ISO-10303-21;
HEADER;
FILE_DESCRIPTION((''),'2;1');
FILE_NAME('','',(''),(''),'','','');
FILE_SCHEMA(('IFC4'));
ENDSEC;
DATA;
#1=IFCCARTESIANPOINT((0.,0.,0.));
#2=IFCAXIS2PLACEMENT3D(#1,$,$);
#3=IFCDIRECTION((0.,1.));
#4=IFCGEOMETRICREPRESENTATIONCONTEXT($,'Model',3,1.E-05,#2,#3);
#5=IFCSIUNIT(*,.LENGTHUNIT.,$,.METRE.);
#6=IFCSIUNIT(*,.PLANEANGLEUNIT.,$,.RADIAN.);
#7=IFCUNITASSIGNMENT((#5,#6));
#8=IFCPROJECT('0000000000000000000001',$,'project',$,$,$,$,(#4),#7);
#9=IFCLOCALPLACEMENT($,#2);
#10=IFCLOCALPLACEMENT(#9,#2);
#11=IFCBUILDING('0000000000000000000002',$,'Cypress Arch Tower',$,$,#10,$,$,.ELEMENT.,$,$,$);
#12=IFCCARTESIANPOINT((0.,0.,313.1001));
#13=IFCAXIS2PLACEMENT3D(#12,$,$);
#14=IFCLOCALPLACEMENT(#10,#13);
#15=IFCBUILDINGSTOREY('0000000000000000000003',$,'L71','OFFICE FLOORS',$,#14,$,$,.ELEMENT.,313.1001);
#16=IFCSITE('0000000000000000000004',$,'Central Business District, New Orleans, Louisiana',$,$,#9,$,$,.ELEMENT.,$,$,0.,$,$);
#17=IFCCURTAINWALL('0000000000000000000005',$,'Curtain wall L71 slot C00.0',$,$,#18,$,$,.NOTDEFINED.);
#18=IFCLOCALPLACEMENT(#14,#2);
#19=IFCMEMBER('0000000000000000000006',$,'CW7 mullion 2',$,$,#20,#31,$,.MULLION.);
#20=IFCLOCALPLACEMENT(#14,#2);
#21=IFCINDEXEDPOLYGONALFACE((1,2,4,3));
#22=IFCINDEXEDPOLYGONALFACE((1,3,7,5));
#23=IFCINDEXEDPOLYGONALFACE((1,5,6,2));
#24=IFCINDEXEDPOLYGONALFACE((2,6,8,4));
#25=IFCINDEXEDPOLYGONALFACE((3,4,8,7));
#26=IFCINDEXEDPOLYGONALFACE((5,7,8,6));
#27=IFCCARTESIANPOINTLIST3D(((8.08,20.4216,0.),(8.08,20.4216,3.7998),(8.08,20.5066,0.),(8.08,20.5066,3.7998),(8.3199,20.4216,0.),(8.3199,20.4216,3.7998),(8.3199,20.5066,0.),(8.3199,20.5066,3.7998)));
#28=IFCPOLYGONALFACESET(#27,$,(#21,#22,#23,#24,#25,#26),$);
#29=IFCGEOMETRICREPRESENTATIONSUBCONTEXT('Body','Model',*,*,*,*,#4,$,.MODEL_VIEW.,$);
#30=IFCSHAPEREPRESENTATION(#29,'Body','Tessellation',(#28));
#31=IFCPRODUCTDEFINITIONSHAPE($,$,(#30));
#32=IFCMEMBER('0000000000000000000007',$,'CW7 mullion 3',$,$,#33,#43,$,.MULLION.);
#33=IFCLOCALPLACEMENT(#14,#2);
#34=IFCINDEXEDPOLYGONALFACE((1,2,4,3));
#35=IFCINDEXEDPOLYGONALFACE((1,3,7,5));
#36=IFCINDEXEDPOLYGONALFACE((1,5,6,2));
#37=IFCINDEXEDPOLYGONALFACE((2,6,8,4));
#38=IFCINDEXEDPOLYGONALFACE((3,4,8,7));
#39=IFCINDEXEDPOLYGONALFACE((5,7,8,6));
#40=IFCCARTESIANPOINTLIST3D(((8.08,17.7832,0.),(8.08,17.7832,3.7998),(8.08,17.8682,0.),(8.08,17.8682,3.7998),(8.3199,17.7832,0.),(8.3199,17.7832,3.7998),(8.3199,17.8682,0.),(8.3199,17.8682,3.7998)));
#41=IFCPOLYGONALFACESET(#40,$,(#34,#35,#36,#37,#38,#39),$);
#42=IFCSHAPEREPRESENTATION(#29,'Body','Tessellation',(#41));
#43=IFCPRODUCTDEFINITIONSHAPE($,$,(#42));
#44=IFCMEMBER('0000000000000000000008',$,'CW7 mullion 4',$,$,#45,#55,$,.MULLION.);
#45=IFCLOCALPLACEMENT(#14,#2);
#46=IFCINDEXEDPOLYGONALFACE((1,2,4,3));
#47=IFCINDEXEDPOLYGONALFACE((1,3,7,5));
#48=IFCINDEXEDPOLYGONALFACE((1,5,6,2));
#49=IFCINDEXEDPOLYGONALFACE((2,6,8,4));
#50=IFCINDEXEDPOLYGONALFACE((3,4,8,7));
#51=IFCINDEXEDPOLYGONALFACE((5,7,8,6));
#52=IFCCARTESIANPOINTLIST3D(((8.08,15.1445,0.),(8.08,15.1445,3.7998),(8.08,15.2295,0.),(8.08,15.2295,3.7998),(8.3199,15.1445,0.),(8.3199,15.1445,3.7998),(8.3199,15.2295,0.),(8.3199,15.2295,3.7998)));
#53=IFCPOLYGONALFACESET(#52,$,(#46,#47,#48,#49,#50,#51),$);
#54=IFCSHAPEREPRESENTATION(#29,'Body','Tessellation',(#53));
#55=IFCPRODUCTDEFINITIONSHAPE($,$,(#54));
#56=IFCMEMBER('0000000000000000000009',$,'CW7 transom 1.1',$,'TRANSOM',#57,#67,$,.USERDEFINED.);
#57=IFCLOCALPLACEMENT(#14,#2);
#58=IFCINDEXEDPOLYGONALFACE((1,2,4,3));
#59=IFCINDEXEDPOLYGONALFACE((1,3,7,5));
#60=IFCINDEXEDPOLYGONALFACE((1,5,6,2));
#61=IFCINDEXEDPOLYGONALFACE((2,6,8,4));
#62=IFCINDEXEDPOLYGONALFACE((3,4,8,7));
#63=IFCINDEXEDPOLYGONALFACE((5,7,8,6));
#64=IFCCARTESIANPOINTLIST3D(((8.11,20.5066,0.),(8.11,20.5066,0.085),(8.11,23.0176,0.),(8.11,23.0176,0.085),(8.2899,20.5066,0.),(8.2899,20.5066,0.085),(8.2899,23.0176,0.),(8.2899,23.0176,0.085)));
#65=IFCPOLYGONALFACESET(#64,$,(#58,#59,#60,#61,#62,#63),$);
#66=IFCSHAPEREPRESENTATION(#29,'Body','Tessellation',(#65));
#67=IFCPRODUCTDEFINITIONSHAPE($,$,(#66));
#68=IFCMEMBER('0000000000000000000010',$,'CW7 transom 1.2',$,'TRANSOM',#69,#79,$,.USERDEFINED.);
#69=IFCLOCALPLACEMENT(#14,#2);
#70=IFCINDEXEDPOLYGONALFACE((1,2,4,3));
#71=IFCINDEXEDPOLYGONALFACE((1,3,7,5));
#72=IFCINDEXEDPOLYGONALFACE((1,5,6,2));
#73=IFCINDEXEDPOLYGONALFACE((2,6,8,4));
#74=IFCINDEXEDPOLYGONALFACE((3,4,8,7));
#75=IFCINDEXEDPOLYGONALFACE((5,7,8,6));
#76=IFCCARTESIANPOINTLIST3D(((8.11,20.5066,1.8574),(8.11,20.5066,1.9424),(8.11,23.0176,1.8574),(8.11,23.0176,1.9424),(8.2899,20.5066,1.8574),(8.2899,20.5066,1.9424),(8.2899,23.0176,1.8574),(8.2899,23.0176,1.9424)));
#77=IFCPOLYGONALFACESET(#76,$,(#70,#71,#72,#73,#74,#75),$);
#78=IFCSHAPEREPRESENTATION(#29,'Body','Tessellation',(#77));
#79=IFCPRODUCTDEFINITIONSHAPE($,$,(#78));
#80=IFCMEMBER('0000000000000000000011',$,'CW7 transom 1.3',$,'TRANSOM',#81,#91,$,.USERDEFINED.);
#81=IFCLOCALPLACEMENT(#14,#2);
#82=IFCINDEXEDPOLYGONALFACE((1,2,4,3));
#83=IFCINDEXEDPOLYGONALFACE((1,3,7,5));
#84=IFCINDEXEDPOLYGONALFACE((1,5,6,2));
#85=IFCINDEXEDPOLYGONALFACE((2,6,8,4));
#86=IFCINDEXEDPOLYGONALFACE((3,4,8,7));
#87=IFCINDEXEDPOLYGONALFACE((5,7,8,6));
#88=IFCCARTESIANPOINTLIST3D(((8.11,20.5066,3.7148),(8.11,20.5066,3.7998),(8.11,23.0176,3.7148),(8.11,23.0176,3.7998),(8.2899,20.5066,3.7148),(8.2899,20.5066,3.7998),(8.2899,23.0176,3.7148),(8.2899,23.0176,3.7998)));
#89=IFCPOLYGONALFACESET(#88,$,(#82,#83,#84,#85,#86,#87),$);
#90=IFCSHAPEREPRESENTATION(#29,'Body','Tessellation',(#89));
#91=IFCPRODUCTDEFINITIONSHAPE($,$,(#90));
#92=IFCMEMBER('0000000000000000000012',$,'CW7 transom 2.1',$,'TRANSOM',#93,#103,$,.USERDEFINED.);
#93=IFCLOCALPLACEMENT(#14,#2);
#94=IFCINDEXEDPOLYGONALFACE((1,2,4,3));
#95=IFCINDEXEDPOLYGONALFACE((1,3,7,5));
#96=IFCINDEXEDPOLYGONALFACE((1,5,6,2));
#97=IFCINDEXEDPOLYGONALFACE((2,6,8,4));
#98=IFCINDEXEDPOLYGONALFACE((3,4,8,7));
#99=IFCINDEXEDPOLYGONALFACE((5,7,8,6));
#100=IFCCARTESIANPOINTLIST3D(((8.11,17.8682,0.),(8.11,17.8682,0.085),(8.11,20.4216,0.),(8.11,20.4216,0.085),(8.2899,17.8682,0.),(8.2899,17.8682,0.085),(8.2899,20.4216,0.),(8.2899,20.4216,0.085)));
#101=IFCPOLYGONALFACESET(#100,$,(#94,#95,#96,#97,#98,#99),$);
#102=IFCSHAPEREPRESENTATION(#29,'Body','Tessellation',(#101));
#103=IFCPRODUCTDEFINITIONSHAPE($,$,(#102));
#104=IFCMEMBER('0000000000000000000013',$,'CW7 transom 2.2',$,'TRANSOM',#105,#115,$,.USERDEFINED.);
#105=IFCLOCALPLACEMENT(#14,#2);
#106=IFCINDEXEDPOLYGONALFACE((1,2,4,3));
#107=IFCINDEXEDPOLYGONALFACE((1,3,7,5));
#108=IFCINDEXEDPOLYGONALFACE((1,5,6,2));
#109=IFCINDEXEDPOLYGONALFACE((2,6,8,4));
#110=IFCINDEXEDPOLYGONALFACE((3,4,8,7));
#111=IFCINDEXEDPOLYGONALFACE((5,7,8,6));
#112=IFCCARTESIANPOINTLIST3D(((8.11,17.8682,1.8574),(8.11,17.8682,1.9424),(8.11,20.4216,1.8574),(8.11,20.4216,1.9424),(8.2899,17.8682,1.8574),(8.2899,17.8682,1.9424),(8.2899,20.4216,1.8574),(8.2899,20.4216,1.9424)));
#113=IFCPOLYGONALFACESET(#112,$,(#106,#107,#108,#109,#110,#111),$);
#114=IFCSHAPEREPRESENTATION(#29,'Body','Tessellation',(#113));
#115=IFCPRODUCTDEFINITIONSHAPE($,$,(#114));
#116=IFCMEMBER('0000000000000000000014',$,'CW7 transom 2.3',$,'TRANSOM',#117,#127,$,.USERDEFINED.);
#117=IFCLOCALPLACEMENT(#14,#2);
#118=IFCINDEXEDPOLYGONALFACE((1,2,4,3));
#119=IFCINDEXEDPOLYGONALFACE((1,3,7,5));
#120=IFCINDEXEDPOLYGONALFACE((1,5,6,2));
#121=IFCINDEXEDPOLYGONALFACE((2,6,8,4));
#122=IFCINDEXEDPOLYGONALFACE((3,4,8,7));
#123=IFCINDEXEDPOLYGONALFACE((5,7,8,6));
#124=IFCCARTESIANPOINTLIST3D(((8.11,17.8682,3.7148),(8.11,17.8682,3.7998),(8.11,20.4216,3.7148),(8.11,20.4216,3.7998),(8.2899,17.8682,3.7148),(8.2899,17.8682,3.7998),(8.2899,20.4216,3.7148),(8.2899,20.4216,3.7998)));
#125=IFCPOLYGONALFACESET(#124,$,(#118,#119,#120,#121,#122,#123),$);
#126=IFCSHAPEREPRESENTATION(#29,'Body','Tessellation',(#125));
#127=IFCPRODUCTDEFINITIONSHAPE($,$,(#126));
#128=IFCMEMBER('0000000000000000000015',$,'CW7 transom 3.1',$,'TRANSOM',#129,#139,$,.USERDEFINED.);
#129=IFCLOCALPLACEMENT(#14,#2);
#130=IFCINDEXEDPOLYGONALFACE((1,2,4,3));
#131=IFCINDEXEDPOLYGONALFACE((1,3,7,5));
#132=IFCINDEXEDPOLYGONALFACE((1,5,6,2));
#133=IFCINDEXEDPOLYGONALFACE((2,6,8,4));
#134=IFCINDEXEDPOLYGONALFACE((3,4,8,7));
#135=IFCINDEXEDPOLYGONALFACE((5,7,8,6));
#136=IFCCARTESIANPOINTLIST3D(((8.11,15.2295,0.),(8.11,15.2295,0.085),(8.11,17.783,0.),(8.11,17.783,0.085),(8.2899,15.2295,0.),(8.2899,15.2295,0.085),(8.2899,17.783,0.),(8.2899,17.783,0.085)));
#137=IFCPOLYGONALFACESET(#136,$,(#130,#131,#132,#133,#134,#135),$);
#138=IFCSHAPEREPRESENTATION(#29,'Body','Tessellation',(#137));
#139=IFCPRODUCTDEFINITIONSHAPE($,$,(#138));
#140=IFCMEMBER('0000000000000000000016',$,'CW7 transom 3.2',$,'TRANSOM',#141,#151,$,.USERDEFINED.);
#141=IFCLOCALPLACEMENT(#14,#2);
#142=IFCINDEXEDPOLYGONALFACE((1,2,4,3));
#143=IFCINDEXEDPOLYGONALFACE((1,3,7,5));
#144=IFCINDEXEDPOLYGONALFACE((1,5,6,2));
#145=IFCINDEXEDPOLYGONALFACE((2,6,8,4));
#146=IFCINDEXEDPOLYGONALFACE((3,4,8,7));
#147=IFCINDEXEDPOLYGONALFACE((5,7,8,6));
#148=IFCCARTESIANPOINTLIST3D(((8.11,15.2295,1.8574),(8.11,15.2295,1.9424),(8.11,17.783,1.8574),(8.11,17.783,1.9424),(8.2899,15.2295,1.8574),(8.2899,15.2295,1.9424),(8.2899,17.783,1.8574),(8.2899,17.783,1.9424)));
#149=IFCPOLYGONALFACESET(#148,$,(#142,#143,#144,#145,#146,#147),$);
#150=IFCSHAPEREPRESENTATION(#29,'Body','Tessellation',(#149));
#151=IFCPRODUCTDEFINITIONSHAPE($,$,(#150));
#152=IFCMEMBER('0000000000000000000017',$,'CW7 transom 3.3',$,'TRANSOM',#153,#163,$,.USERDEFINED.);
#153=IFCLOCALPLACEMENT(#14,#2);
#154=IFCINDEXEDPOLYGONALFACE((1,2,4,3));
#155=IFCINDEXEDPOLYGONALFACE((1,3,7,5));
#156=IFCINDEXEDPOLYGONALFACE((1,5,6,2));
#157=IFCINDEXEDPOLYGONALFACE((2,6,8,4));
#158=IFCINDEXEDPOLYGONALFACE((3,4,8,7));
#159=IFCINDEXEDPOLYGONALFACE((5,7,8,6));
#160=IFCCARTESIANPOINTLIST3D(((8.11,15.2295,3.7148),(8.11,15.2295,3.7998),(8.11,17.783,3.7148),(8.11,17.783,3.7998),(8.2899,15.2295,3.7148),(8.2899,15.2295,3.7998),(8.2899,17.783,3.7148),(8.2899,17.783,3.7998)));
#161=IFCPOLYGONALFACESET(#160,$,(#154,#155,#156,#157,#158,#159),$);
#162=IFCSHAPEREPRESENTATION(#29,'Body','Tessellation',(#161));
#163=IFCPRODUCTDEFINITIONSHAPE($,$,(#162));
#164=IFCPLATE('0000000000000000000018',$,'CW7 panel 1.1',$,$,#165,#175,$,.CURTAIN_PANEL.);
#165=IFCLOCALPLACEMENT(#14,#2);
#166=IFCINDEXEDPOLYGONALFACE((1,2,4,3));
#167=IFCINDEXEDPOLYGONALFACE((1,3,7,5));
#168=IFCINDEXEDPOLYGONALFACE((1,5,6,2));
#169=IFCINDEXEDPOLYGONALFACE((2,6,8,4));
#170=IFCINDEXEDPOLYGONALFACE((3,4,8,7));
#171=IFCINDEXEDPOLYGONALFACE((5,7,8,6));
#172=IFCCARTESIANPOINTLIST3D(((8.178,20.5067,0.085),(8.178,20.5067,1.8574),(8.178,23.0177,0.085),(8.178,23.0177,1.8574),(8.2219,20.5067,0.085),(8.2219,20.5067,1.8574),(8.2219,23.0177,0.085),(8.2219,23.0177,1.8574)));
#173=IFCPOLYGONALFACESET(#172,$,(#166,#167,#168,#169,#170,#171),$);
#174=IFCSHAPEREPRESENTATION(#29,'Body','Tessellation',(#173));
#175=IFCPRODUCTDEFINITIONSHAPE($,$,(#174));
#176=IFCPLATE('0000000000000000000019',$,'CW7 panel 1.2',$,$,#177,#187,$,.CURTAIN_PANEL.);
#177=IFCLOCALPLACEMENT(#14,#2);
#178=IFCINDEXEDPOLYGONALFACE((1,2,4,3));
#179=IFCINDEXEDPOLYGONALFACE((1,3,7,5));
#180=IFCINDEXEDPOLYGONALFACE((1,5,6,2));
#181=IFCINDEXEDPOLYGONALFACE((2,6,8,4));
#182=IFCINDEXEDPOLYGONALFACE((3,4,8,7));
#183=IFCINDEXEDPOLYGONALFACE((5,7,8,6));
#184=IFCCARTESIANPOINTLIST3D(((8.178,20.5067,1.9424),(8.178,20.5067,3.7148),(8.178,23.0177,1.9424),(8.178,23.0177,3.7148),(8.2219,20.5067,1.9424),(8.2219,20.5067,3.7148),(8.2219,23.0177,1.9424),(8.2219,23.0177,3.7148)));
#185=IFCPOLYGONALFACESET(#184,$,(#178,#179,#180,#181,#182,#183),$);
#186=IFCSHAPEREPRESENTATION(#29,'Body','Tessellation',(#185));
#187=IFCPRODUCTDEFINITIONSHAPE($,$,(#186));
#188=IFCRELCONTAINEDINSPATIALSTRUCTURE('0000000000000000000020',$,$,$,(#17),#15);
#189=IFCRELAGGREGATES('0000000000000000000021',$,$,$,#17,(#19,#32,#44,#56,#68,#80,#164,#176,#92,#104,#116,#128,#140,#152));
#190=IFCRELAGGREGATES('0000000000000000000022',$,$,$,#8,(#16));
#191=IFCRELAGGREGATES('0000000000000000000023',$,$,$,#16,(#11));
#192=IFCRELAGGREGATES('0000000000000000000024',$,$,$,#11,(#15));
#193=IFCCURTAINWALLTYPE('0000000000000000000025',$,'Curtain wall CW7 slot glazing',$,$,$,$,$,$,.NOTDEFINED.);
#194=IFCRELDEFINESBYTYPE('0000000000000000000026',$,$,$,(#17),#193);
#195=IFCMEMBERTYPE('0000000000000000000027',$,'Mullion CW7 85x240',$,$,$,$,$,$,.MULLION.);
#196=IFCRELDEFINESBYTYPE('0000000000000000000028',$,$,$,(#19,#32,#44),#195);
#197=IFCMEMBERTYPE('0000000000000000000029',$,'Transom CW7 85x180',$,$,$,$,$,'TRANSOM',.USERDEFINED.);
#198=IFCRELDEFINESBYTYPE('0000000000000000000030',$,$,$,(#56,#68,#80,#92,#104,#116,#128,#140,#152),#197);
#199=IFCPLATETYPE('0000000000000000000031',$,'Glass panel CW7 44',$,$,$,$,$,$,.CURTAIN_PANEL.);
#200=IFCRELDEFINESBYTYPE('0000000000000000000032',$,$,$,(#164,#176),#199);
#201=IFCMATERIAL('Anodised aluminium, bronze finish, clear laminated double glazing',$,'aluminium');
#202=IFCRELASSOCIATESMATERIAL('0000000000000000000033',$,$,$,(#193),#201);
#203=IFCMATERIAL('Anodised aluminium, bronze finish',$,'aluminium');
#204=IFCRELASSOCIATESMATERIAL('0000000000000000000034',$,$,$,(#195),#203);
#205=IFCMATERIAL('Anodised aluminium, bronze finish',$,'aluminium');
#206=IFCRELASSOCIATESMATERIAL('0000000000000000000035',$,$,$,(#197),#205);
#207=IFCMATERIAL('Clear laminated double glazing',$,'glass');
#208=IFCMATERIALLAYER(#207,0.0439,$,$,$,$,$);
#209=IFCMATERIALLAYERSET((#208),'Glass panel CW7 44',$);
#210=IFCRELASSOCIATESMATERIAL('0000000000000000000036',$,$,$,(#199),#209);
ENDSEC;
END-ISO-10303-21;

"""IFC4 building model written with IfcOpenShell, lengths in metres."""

from ifc_helpers import new_model, si_unit, direction, frame, origin, origin_2d, place, context, subcontext, project, spatial, rectangle, extrude, material, layer, layer_set, material_profile, profile_set, type_object, element, aggregate, save


model = new_model("IFC4")

# Units and contexts
model_context = context("Model", 3, precision=1e-05, world=origin(), true_north=direction((0.0, 1.0)))
body_context = subcontext(model_context, "Body", "Model", "MODEL_VIEW")
ifc_project = project(units=[si_unit("LENGTHUNIT", "METRE"), si_unit("PLANEANGLEUNIT", "RADIAN")], contexts=[model_context])

# Site, building, storey
site_placement = place(None, origin())
site = spatial("IfcSite", under=ifc_project, at=site_placement, Name="Central Business District, New Orleans, Louisiana", CompositionType="ELEMENT", RefElevation=0.0)
building_placement = place(site_placement, origin())
building = spatial("IfcBuilding", under=site, at=building_placement, Name="Cypress Arch Tower", CompositionType="ELEMENT")
storey_placement = place(building_placement, frame((0.0, 0.0, 313.1001)))
storey = spatial("IfcBuildingStorey", under=building, at=storey_placement, Name="L71", Description="OFFICE FLOORS", CompositionType="ELEMENT", Elevation=313.1001)

# Curtain wall, members, plates
ifc_material_1 = material(Name="Anodised aluminium, bronze finish, clear laminated double glazing", Category="aluminium")
curtain_wall_type = type_object("IfcCurtainWallType", Name="Curtain wall CW7 slot glazing", PredefinedType="NOTDEFINED", material=ifc_material_1)
curtain_wall_placement = place(storey_placement, origin())
curtain_wall = element("IfcCurtainWall", 1, at=curtain_wall_placement, inside=storey, type_object=curtain_wall_type, Name="Curtain wall L71 slot C00.0", PredefinedType="NOTDEFINED")
ifc_material_2 = material(Name="Anodised aluminium, bronze finish", Category="aluminium")
ifc_material_profile_1 = material_profile(ifc_material_2, rectangle(XDim=0.24, YDim=0.085, at=origin_2d()), Name="Mullion 85x240")
ifc_profile_set_1 = profile_set([ifc_material_profile_1], Name="Anodised aluminium, bronze finish")
member_type_1 = type_object("IfcMemberType", Name="Mullion CW7 85x240", PredefinedType="MULLION", material=ifc_profile_set_1)
member_1_placement = place(storey_placement, frame((8.2, 20.4641, 0.0), z_axis=(0.0, 0.0, 1.0), x_axis=(1.0, 0.0, 0.0)))
member_1 = element("IfcMember", 2, at=member_1_placement, type_object=member_type_1, Name="CW7 mullion 2", PredefinedType="MULLION", context=body_context, shape_type="SweptSolid", body=[
    extrude(rectangle(XDim=0.24, YDim=0.085, at=origin_2d()), origin(), (0.0, 0.0, 1.0), 3.7998),
])
member_2_placement = place(storey_placement, frame((8.2, 17.8257, 0.0), z_axis=(0.0, 0.0, 1.0), x_axis=(1.0, 0.0, 0.0)))
member_2 = element("IfcMember", 3, at=member_2_placement, type_object=member_type_1, Name="CW7 mullion 3", PredefinedType="MULLION", context=body_context, shape_type="SweptSolid", body=[
    extrude(rectangle(XDim=0.24, YDim=0.085, at=origin_2d()), origin(), (0.0, 0.0, 1.0), 3.7998),
])
member_3_placement = place(storey_placement, frame((8.2, 15.187, 0.0), z_axis=(0.0, 0.0, 1.0), x_axis=(1.0, 0.0, 0.0)))
member_3 = element("IfcMember", 4, at=member_3_placement, type_object=member_type_1, Name="CW7 mullion 4", PredefinedType="MULLION", context=body_context, shape_type="SweptSolid", body=[
    extrude(rectangle(XDim=0.24, YDim=0.085, at=origin_2d()), origin(), (0.0, 0.0, 1.0), 3.7998),
])
ifc_material_3 = material(Name="Anodised aluminium, bronze finish", Category="aluminium")
ifc_material_profile_2 = material_profile(ifc_material_3, rectangle(XDim=0.1799, YDim=0.085, at=origin_2d()), Name="Transom 85x180")
ifc_profile_set_2 = profile_set([ifc_material_profile_2], Name="Anodised aluminium, bronze finish")
member_type_2 = type_object("IfcMemberType", Name="Transom CW7 85x180", ElementType="TRANSOM", PredefinedType="USERDEFINED", material=ifc_profile_set_2)
member_4_placement = place(storey_placement, frame((8.2, 23.0176, 0.0425), z_axis=(0.0, -1.0, 0.0), x_axis=(1.0, 0.0, 0.0)))
member_4 = element("IfcMember", 5, at=member_4_placement, type_object=member_type_2, Name="CW7 transom 1.1", ObjectType="TRANSOM", PredefinedType="USERDEFINED", context=body_context, shape_type="SweptSolid", body=[
    extrude(rectangle(XDim=0.1799, YDim=0.085, at=origin_2d()), origin(), (0.0, 0.0, 1.0), 2.511),
])
member_5_placement = place(storey_placement, frame((8.2, 23.0176, 1.8999), z_axis=(0.0, -1.0, 0.0), x_axis=(1.0, 0.0, 0.0)))
member_5 = element("IfcMember", 6, at=member_5_placement, type_object=member_type_2, Name="CW7 transom 1.2", ObjectType="TRANSOM", PredefinedType="USERDEFINED", context=body_context, shape_type="SweptSolid", body=[
    extrude(rectangle(XDim=0.1799, YDim=0.085, at=origin_2d()), origin(), (0.0, 0.0, 1.0), 2.511),
])
member_6_placement = place(storey_placement, frame((8.2, 23.0176, 3.7573), z_axis=(0.0, -1.0, 0.0), x_axis=(1.0, 0.0, 0.0)))
member_6 = element("IfcMember", 7, at=member_6_placement, type_object=member_type_2, Name="CW7 transom 1.3", ObjectType="TRANSOM", PredefinedType="USERDEFINED", context=body_context, shape_type="SweptSolid", body=[
    extrude(rectangle(XDim=0.1799, YDim=0.085, at=origin_2d()), origin(), (0.0, 0.0, 1.0), 2.511),
])
member_7_placement = place(storey_placement, frame((8.2, 20.4216, 0.0425), z_axis=(0.0, -1.0, 0.0), x_axis=(1.0, 0.0, 0.0)))
member_7 = element("IfcMember", 8, at=member_7_placement, type_object=member_type_2, Name="CW7 transom 2.1", ObjectType="TRANSOM", PredefinedType="USERDEFINED", context=body_context, shape_type="SweptSolid", body=[
    extrude(rectangle(XDim=0.1799, YDim=0.085, at=origin_2d()), origin(), (0.0, 0.0, 1.0), 2.5535),
])
member_8_placement = place(storey_placement, frame((8.2, 20.4216, 1.8999), z_axis=(0.0, -1.0, 0.0), x_axis=(1.0, 0.0, 0.0)))
member_8 = element("IfcMember", 9, at=member_8_placement, type_object=member_type_2, Name="CW7 transom 2.2", ObjectType="TRANSOM", PredefinedType="USERDEFINED", context=body_context, shape_type="SweptSolid", body=[
    extrude(rectangle(XDim=0.1799, YDim=0.085, at=origin_2d()), origin(), (0.0, 0.0, 1.0), 2.5535),
])
member_9_placement = place(storey_placement, frame((8.2, 20.4216, 3.7573), z_axis=(0.0, -1.0, 0.0), x_axis=(1.0, 0.0, 0.0)))
member_9 = element("IfcMember", 10, at=member_9_placement, type_object=member_type_2, Name="CW7 transom 2.3", ObjectType="TRANSOM", PredefinedType="USERDEFINED", context=body_context, shape_type="SweptSolid", body=[
    extrude(rectangle(XDim=0.1799, YDim=0.085, at=origin_2d()), origin(), (0.0, 0.0, 1.0), 2.5535),
])
member_10_placement = place(storey_placement, frame((8.2, 17.783, 0.0425), z_axis=(0.0, -1.0, 0.0), x_axis=(1.0, 0.0, 0.0)))
member_10 = element("IfcMember", 11, at=member_10_placement, type_object=member_type_2, Name="CW7 transom 3.1", ObjectType="TRANSOM", PredefinedType="USERDEFINED", context=body_context, shape_type="SweptSolid", body=[
    extrude(rectangle(XDim=0.1799, YDim=0.085, at=origin_2d()), origin(), (0.0, 0.0, 1.0), 2.5535),
])
member_11_placement = place(storey_placement, frame((8.2, 17.783, 1.8999), z_axis=(0.0, -1.0, 0.0), x_axis=(1.0, 0.0, 0.0)))
member_11 = element("IfcMember", 12, at=member_11_placement, type_object=member_type_2, Name="CW7 transom 3.2", ObjectType="TRANSOM", PredefinedType="USERDEFINED", context=body_context, shape_type="SweptSolid", body=[
    extrude(rectangle(XDim=0.1799, YDim=0.085, at=origin_2d()), origin(), (0.0, 0.0, 1.0), 2.5535),
])
member_12_placement = place(storey_placement, frame((8.2, 17.783, 3.7573), z_axis=(0.0, -1.0, 0.0), x_axis=(1.0, 0.0, 0.0)))
member_12 = element("IfcMember", 13, at=member_12_placement, type_object=member_type_2, Name="CW7 transom 3.3", ObjectType="TRANSOM", PredefinedType="USERDEFINED", context=body_context, shape_type="SweptSolid", body=[
    extrude(rectangle(XDim=0.1799, YDim=0.085, at=origin_2d()), origin(), (0.0, 0.0, 1.0), 2.5535),
])
ifc_material_4 = material(Name="Clear laminated double glazing", Category="glass")
ifc_layer = layer(ifc_material_4, 0.0439)
ifc_layer_set = layer_set([ifc_layer], Name="Glass panel CW7 44")
plate_type = type_object("IfcPlateType", Name="Glass panel CW7 44", PredefinedType="CURTAIN_PANEL", material=ifc_layer_set)
plate_1_placement = place(storey_placement, frame((8.2, 21.7622, 0.085), z_axis=(0.0, 0.0, 1.0), x_axis=(0.0, -1.0, 0.0)))
plate_1 = element("IfcPlate", 14, at=plate_1_placement, type_object=plate_type, Name="CW7 panel 1.1", PredefinedType="CURTAIN_PANEL", context=body_context, shape_type="SweptSolid", body=[
    extrude(rectangle(XDim=2.511, YDim=0.0439, at=origin_2d()), origin(), (0.0, 0.0, 1.0), 1.7725),
])
plate_2_placement = place(storey_placement, frame((8.2, 21.7622, 1.9424), z_axis=(0.0, 0.0, 1.0), x_axis=(0.0, -1.0, 0.0)))
plate_2 = element("IfcPlate", 15, at=plate_2_placement, type_object=plate_type, Name="CW7 panel 1.2", PredefinedType="CURTAIN_PANEL", context=body_context, shape_type="SweptSolid", body=[
    extrude(rectangle(XDim=2.511, YDim=0.0439, at=origin_2d()), origin(), (0.0, 0.0, 1.0), 1.7725),
])
aggregate(curtain_wall, [member_1, member_2, member_3, member_4, member_5, member_6, plate_1, plate_2, member_7, member_8, member_9, member_10, member_11, member_12])

save(model, "model.ifc")
